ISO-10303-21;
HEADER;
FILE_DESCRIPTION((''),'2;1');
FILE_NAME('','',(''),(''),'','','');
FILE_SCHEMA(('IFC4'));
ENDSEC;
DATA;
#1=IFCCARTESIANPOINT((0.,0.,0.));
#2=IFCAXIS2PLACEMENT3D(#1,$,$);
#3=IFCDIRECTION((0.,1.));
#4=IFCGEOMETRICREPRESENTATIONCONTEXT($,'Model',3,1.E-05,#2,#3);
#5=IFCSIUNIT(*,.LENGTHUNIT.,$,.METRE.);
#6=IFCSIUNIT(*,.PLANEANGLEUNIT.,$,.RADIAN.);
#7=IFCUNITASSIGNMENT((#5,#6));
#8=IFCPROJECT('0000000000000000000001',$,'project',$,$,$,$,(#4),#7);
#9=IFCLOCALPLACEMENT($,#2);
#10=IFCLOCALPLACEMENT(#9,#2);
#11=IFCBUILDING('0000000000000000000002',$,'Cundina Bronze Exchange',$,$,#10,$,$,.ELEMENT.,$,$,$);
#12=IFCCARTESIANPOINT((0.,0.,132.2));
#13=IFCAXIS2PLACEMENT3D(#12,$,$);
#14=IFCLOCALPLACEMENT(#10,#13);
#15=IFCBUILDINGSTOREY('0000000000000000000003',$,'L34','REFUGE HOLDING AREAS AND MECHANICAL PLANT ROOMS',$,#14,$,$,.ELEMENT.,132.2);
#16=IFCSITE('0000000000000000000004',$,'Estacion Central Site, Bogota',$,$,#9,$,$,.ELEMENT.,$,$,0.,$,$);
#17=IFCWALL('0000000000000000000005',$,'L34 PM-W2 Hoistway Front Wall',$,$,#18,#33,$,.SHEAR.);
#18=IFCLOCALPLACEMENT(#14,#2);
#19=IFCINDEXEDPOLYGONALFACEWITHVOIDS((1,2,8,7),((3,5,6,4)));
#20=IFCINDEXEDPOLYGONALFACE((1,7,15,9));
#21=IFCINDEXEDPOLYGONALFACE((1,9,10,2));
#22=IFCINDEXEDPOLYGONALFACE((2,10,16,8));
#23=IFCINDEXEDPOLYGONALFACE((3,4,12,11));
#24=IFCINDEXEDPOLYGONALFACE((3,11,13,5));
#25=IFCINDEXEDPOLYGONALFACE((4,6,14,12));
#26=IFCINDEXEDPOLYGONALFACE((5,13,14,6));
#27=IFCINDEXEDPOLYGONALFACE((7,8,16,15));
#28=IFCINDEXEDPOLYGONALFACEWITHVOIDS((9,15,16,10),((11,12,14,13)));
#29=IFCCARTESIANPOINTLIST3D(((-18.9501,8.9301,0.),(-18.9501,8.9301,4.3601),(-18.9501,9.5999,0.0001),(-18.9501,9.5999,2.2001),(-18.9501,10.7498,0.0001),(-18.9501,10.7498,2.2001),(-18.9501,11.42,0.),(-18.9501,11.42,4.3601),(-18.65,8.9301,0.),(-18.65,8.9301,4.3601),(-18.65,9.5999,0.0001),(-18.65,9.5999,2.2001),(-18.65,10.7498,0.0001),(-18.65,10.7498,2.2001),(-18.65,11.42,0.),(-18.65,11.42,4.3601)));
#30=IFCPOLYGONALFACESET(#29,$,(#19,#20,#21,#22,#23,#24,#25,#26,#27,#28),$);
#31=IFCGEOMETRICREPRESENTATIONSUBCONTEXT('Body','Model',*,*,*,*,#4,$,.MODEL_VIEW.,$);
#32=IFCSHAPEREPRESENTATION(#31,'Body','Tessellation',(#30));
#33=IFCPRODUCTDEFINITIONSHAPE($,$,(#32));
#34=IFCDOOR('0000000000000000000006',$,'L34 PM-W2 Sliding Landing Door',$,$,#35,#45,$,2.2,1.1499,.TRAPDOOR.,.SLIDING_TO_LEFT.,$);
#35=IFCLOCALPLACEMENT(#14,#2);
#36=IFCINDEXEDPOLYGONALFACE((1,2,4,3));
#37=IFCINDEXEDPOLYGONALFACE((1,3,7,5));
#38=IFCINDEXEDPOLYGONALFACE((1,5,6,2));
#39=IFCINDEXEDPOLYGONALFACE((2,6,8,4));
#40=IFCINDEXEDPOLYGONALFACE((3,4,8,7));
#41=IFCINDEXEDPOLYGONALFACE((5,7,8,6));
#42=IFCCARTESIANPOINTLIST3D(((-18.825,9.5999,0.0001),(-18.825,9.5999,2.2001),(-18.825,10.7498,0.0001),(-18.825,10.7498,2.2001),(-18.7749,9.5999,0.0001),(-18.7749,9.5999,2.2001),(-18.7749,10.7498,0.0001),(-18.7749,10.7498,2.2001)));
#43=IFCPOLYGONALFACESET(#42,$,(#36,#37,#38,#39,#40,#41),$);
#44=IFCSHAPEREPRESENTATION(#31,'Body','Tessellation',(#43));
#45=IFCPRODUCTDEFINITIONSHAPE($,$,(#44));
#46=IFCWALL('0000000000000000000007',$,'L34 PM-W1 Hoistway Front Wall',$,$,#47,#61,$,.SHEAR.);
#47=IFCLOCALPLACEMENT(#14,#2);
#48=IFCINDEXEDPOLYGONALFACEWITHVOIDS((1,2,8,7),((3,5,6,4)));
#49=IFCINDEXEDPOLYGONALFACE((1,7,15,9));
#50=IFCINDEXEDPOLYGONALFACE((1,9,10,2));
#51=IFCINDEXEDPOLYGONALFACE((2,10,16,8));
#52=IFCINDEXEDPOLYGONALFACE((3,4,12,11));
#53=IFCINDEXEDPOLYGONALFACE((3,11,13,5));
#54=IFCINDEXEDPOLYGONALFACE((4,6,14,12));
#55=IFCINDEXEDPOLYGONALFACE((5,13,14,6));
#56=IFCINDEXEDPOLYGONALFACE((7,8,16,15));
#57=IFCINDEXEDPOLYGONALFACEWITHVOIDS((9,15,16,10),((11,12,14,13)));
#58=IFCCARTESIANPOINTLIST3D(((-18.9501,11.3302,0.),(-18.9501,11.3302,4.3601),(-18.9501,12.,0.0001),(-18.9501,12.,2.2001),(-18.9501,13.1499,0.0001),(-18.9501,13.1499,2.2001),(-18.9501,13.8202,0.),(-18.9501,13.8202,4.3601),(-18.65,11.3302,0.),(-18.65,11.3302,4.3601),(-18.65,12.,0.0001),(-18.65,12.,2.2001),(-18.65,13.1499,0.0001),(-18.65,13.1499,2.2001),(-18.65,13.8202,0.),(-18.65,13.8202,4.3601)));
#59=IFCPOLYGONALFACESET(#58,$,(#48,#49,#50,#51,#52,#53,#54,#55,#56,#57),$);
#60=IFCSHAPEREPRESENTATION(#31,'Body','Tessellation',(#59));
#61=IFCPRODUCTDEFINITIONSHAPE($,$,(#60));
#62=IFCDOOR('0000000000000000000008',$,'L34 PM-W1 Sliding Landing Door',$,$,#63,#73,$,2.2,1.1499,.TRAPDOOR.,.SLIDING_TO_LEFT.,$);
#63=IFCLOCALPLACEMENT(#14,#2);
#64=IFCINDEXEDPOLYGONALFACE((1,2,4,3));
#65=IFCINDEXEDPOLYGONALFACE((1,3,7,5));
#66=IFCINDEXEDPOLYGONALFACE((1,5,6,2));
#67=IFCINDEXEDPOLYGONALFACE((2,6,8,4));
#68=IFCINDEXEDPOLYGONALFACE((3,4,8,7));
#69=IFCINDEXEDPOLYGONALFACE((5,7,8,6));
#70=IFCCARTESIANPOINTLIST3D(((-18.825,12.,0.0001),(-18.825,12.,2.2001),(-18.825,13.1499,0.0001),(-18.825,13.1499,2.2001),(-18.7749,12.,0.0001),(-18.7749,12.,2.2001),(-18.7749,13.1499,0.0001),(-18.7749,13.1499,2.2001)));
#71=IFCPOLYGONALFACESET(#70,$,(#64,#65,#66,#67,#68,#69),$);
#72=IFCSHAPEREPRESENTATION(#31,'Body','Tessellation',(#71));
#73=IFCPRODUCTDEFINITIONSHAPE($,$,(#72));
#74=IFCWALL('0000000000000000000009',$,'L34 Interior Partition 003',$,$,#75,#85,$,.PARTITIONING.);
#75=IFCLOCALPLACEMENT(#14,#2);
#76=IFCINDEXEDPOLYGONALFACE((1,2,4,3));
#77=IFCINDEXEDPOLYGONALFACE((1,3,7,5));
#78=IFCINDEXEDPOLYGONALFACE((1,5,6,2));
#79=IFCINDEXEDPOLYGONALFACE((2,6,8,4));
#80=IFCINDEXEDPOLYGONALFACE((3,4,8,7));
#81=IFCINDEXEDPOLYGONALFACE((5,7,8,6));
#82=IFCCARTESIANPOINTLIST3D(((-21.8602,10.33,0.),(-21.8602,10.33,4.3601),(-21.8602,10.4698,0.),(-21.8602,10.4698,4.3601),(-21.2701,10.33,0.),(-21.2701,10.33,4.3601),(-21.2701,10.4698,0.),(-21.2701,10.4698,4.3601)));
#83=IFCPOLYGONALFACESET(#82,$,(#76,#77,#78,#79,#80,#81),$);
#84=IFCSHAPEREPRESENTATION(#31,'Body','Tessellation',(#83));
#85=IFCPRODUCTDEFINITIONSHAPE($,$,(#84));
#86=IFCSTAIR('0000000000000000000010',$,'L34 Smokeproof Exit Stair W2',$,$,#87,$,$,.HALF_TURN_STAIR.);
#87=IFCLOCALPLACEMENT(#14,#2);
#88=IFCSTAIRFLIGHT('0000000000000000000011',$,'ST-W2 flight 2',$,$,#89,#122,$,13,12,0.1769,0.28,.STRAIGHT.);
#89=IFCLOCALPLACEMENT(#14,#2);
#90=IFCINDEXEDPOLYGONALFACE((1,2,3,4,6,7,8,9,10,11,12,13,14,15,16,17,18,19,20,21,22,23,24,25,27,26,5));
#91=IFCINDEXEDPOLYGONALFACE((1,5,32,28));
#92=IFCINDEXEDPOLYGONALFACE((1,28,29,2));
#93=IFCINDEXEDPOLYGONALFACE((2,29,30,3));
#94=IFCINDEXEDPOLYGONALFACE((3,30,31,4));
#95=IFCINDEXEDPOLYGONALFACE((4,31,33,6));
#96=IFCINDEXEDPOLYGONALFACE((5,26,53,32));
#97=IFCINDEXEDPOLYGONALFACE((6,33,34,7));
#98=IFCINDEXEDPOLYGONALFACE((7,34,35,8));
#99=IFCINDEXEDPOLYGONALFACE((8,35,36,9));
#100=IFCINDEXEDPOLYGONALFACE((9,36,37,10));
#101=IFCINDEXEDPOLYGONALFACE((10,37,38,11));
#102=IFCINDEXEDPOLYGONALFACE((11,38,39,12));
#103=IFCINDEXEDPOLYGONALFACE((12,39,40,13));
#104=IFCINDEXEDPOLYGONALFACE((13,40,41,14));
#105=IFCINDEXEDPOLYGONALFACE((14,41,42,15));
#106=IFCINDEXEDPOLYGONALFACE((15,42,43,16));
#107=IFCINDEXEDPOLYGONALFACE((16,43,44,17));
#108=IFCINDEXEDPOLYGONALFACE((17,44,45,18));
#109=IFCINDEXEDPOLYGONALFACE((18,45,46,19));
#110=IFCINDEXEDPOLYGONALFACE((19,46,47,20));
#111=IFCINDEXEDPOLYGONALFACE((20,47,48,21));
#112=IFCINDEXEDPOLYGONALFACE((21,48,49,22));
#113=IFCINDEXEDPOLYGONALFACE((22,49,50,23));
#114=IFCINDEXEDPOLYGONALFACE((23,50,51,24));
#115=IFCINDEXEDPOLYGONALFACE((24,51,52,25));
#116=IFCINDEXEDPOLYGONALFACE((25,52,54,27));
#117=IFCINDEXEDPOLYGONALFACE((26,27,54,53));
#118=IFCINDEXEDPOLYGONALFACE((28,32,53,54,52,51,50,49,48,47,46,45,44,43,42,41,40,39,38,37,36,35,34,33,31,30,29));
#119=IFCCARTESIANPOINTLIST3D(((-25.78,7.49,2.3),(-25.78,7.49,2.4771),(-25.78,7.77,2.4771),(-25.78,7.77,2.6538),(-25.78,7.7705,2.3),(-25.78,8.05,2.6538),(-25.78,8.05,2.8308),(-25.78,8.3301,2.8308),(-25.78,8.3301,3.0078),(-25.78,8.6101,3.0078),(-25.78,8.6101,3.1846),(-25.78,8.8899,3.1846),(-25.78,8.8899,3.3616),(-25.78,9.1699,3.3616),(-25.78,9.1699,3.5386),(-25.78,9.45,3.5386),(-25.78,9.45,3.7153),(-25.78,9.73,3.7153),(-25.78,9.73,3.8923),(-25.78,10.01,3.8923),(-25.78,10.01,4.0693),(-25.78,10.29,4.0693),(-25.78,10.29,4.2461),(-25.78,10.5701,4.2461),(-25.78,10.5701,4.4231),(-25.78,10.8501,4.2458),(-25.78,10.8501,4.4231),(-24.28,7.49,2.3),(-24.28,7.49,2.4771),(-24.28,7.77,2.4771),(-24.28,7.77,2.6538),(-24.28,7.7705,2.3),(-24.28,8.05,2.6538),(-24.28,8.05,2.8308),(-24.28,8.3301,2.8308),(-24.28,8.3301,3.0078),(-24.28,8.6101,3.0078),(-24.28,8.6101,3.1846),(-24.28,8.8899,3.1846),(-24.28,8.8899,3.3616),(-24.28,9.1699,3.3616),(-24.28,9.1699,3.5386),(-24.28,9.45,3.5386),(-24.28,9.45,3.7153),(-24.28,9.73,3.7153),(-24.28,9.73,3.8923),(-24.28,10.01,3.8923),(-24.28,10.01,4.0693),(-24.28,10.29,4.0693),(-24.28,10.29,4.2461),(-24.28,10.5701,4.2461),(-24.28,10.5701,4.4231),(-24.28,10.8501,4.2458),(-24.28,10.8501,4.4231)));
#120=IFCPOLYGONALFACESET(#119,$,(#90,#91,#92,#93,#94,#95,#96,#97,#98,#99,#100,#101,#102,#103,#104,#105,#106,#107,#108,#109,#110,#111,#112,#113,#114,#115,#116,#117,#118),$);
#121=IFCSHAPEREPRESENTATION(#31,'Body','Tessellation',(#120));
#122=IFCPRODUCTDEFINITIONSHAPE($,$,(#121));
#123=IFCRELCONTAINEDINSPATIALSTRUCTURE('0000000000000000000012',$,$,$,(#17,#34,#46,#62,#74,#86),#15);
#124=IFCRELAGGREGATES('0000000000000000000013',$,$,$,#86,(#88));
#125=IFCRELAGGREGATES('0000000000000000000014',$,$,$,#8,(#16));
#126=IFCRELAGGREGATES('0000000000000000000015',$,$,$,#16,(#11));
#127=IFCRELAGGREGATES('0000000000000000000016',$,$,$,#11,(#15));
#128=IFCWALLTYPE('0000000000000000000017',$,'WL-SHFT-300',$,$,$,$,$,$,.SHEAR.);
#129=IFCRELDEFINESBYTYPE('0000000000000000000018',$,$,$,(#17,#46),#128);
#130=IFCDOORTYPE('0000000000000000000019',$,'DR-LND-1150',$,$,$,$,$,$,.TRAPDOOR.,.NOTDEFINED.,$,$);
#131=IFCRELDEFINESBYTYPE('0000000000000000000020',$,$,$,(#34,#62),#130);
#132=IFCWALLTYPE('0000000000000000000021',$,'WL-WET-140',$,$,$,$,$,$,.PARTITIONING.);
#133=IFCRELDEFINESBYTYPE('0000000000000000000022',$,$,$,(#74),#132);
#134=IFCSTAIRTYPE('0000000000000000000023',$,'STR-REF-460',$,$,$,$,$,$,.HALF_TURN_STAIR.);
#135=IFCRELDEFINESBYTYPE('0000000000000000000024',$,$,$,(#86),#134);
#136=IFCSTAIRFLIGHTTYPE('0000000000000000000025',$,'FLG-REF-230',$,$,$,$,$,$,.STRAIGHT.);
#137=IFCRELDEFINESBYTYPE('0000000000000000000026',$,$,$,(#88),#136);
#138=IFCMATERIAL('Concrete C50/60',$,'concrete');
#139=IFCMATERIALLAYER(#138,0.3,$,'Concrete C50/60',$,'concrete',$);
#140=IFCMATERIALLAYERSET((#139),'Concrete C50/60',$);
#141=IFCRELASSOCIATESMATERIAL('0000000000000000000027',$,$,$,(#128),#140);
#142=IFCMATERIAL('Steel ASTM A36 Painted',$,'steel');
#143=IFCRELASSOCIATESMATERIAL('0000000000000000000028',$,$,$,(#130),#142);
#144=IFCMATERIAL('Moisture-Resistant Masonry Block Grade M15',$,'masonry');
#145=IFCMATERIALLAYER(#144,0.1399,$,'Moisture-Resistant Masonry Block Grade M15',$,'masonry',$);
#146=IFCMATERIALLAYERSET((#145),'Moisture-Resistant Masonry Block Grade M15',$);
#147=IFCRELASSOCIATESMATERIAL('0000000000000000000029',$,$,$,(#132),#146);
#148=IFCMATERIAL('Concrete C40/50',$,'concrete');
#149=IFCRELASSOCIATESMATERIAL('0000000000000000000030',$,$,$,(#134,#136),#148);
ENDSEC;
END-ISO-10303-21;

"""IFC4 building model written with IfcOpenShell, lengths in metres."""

from ifc_helpers import new_model, si_unit, direction, frame, frame_2d, origin, place, context, subcontext, project, spatial, polyline, rectangle, outline, extrude, material, layer, layer_set, type_object, element, fill, aggregate, save


model = new_model("IFC4")

# Units and contexts
model_context = context("Model", 3, precision=1e-05, world=origin(), true_north=direction((0.0, 1.0)))
body_context = subcontext(model_context, "Body", "Model", "MODEL_VIEW")
ifc_project = project(units=[si_unit("LENGTHUNIT", "METRE"), si_unit("PLANEANGLEUNIT", "RADIAN")], contexts=[model_context])

# Site, building, storey
site_placement = place(None, origin())
site = spatial("IfcSite", under=ifc_project, at=site_placement, Name="Estacion Central Site, Bogota", CompositionType="ELEMENT", RefElevation=0.0)
building_placement = place(site_placement, origin())
building = spatial("IfcBuilding", under=site, at=building_placement, Name="Cundina Bronze Exchange", CompositionType="ELEMENT")
storey_placement = place(building_placement, frame((0.0, 0.0, 132.2)))
storey = spatial("IfcBuildingStorey", under=building, at=storey_placement, Name="L34", Description="REFUGE HOLDING AREAS AND MECHANICAL PLANT ROOMS", CompositionType="ELEMENT", Elevation=132.2)

# Shared definitions
ifc_material_1 = material(Name="Concrete C50/60", Category="concrete")
ifc_layer_1 = layer(ifc_material_1, 0.3, Name="Concrete C50/60", Category="concrete")
ifc_layer_set_1 = layer_set([ifc_layer_1], Name="Concrete C50/60")
wall_type_1 = type_object("IfcWallType", Name="WL-SHFT-300", PredefinedType="SHEAR", material=ifc_layer_set_1)
ifc_material_2 = material(Name="Steel ASTM A36 Painted", Category="steel")
door_type_1 = type_object("IfcDoorType", Name="DR-LND-1150", OperationType="NOTDEFINED", PredefinedType="TRAPDOOR", material=ifc_material_2)

# Walls, openings, doors
wall_1_placement = place(storey_placement, frame((-18.8, 8.9299, 0.0), z_axis=(0.0, 0.0, 1.0), x_axis=(0.0, 1.0, 0.0)))
wall_1 = element("IfcWall", 1, at=wall_1_placement, inside=storey, type_object=wall_type_1, Name="L34 PM-W2 Hoistway Front Wall", PredefinedType="SHEAR", context=body_context, shape_type="SweptSolid", body=[
    extrude(rectangle(XDim=2.49, YDim=0.3, at=frame_2d((1.2451, 0.0))), origin(), (0.0, 0.0, 1.0), 4.3601),
])
opening_1_placement = place(wall_1_placement, frame((0.6699, 0.0, 0.0)))
opening_1 = element("IfcOpeningElement", 2, at=opening_1_placement, cuts=wall_1, PredefinedType="OPENING", context=body_context, shape_type="SweptSolid", body=[
    extrude(rectangle(XDim=1.1499, YDim=2.2, at=frame_2d((0.575, 1.1001))), frame((0.0, 0.1599, 0.0), z_axis=(0.0, -1.0, 0.0), x_axis=(1.0, 0.0, 0.0)), (0.0, 0.0, 1.0), 0.3201),
])
door_1_placement = place(opening_1_placement, origin())
door_1 = element("IfcDoor", 3, at=door_1_placement, inside=storey, type_object=door_type_1, Name="L34 PM-W2 Sliding Landing Door", OperationType="SLIDING_TO_LEFT", OverallHeight=2.2, OverallWidth=1.1499, PredefinedType="TRAPDOOR", context=body_context, shape_type="SweptSolid", body=[
    extrude(rectangle(XDim=1.1499, YDim=2.2, at=frame_2d((0.575, 1.1001))), frame((0.0, 0.0249, 0.0), z_axis=(0.0, -1.0, 0.0), x_axis=(1.0, 0.0, 0.0)), (0.0, 0.0, 1.0), 0.05),
])
fill(opening_1, door_1)
wall_2_placement = place(storey_placement, frame((-18.8, 11.3301, 0.0), z_axis=(0.0, 0.0, 1.0), x_axis=(0.0, 1.0, 0.0)))
wall_2 = element("IfcWall", 4, at=wall_2_placement, inside=storey, type_object=wall_type_1, Name="L34 PM-W1 Hoistway Front Wall", PredefinedType="SHEAR", context=body_context, shape_type="SweptSolid", body=[
    extrude(rectangle(XDim=2.49, YDim=0.3, at=frame_2d((1.2451, 0.0))), origin(), (0.0, 0.0, 1.0), 4.3601),
])
opening_2_placement = place(wall_2_placement, frame((0.6699, 0.0, 0.0)))
opening_2 = element("IfcOpeningElement", 5, at=opening_2_placement, cuts=wall_2, PredefinedType="OPENING", context=body_context, shape_type="SweptSolid", body=[
    extrude(rectangle(XDim=1.1499, YDim=2.2, at=frame_2d((0.575, 1.1001))), frame((0.0, 0.1599, 0.0), z_axis=(0.0, -1.0, 0.0), x_axis=(1.0, 0.0, 0.0)), (0.0, 0.0, 1.0), 0.3201),
])
door_2_placement = place(opening_2_placement, origin())
door_2 = element("IfcDoor", 6, at=door_2_placement, inside=storey, type_object=door_type_1, Name="L34 PM-W1 Sliding Landing Door", OperationType="SLIDING_TO_LEFT", OverallHeight=2.2, OverallWidth=1.1499, PredefinedType="TRAPDOOR", context=body_context, shape_type="SweptSolid", body=[
    extrude(rectangle(XDim=1.1499, YDim=2.2, at=frame_2d((0.575, 1.1001))), frame((0.0, 0.0249, 0.0), z_axis=(0.0, -1.0, 0.0), x_axis=(1.0, 0.0, 0.0)), (0.0, 0.0, 1.0), 0.05),
])
fill(opening_2, door_2)

# Wall
ifc_material_3 = material(Name="Moisture-Resistant Masonry Block Grade M15", Category="masonry")
ifc_layer_2 = layer(ifc_material_3, 0.1399, Name="Moisture-Resistant Masonry Block Grade M15", Category="masonry")
ifc_layer_set_2 = layer_set([ifc_layer_2], Name="Moisture-Resistant Masonry Block Grade M15")
wall_type_2 = type_object("IfcWallType", Name="WL-WET-140", PredefinedType="PARTITIONING", material=ifc_layer_set_2)
wall_3_placement = place(storey_placement, frame((-21.8601, 10.3999, 0.0), z_axis=(0.0, 0.0, 1.0), x_axis=(1.0, 0.0, 0.0)))
element("IfcWall", 7, at=wall_3_placement, inside=storey, type_object=wall_type_2, Name="L34 Interior Partition 003", PredefinedType="PARTITIONING", context=body_context, shape_type="SweptSolid", body=[
    extrude(rectangle(XDim=0.5901, YDim=0.1399, at=frame_2d((0.2949, 0.0))), origin(), (0.0, 0.0, 1.0), 4.3601),
])

# Stair, stair flight
ifc_material_4 = material(Name="Concrete C40/50", Category="concrete")
stair_type = type_object("IfcStairType", Name="STR-REF-460", PredefinedType="HALF_TURN_STAIR", material=ifc_material_4)
stair_placement = place(storey_placement, origin())
stair = element("IfcStair", 8, at=stair_placement, inside=storey, type_object=stair_type, Name="L34 Smokeproof Exit Stair W2", PredefinedType="HALF_TURN_STAIR")
stair_flight_type = type_object("IfcStairFlightType", Name="FLG-REF-230", PredefinedType="STRAIGHT", material=ifc_material_4)
stair_flight_placement = place(storey_placement, frame((-25.03, 7.49, 2.3), z_axis=(0.0, 0.0, 1.0), x_axis=(0.0, 1.0, 0.0)))
stair_flight = element("IfcStairFlight", 9, at=stair_flight_placement, type_object=stair_flight_type, Name="ST-W2 flight 2", NumberOfRisers=13, NumberOfTreads=12, PredefinedType="STRAIGHT", RiserHeight=0.1769, TreadLength=0.28, context=body_context, shape_type="SweptSolid", body=[
    extrude(outline(polyline([(0.0, 0.0), (0.0, 0.177), (0.28, 0.177), (0.28, 0.3538), (0.5601, 0.3538), (0.5601, 0.5308), (0.8401, 0.5308), (0.8401, 0.7078), (1.1201, 0.7078), (1.1201, 0.8845), (1.3999, 0.8845), (1.3999, 1.0615), (1.6799, 1.0615), (1.6799, 1.2385), (1.96, 1.2385), (1.96, 1.4153), (2.24, 1.4153), (2.24, 1.5923), (2.52, 1.5923), (2.52, 1.7693), (2.8, 1.7693), (2.8, 1.946), (3.0801, 1.946), (3.0801, 2.123), (3.3601, 2.123), (3.3601, 2.3), (3.3601, 1.9458), (0.2805, 0.0), (0.0, 0.0)])), frame((0.0, 0.75, 0.0), z_axis=(0.0, -1.0, 0.0), x_axis=(1.0, 0.0, 0.0)), (0.0, 0.0, 1.0), 1.5),
])
aggregate(stair, [stair_flight])

save(model, "model.ifc")
